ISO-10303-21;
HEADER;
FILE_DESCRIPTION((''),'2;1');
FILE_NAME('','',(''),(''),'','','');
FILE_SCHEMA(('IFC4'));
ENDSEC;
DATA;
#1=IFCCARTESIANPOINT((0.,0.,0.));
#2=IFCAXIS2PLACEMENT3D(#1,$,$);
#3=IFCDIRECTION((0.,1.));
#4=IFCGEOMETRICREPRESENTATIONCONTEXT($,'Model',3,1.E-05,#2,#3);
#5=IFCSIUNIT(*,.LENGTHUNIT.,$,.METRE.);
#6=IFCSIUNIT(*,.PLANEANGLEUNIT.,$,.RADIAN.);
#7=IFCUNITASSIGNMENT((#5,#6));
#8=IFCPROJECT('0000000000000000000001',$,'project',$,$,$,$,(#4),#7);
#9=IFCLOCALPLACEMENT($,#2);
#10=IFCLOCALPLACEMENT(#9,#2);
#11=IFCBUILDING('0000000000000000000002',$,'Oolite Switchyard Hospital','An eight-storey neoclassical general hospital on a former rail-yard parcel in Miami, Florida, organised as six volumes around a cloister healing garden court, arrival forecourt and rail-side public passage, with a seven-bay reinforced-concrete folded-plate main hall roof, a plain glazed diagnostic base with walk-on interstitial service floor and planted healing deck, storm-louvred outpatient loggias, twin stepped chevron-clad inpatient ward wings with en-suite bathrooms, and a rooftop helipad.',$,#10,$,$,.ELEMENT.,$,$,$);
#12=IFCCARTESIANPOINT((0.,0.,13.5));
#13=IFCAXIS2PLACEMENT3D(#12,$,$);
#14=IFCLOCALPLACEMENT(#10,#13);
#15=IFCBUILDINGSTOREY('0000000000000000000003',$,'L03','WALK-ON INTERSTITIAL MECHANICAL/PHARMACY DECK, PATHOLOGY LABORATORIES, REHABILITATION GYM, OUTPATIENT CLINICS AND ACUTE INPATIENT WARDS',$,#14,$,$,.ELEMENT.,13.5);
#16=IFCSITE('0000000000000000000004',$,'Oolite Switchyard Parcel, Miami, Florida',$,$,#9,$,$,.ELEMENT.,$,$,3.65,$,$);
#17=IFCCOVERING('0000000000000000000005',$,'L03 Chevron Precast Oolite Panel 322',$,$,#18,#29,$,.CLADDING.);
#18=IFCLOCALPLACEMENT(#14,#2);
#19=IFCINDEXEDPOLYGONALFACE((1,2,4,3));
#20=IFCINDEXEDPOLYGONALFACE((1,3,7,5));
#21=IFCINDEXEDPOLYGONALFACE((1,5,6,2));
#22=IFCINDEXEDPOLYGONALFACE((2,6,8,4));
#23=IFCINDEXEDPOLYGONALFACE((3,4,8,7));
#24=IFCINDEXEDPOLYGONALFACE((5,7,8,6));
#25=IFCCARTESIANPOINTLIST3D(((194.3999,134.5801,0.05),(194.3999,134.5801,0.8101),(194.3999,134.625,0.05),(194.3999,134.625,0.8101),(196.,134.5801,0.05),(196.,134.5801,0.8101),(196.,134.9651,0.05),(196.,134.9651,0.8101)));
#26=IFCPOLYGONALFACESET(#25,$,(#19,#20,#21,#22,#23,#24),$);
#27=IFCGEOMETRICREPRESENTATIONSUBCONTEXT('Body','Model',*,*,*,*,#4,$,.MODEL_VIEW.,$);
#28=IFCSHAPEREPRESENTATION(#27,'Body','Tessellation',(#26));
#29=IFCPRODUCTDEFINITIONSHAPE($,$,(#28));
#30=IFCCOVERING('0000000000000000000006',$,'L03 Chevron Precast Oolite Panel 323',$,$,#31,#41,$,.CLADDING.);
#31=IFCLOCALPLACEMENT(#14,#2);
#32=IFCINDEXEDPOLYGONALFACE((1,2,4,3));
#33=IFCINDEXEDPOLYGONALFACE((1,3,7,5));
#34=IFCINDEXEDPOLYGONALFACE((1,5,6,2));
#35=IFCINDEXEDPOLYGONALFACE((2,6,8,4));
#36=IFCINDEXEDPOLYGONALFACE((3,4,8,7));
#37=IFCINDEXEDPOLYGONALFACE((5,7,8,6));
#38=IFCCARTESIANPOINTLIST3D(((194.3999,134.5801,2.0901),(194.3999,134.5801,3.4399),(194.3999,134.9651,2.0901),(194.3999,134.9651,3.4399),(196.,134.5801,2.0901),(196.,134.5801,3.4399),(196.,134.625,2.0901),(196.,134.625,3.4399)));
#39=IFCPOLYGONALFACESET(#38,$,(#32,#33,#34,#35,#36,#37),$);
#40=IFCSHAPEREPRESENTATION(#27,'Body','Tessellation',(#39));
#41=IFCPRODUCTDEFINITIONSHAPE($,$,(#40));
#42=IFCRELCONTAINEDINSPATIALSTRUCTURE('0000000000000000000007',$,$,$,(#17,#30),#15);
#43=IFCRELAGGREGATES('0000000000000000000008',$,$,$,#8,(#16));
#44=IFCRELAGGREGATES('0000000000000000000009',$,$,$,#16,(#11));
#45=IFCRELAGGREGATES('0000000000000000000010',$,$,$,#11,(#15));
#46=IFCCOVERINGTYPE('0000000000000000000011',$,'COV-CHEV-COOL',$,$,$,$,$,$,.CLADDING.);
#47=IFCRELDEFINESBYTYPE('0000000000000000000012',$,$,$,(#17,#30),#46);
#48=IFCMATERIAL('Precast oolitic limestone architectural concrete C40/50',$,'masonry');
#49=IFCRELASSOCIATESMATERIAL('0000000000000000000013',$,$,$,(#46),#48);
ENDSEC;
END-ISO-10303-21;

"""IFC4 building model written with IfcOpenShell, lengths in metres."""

from ifc_helpers import new_model, si_unit, direction, frame, origin, place, context, subcontext, project, spatial, polyline, outline, extrude, material, type_object, element, save


model = new_model("IFC4")

# Units and contexts
model_context = context("Model", 3, precision=1e-05, world=origin(), true_north=direction((0.0, 1.0)))
body_context = subcontext(model_context, "Body", "Model", "MODEL_VIEW")
ifc_project = project(units=[si_unit("LENGTHUNIT", "METRE"), si_unit("PLANEANGLEUNIT", "RADIAN")], contexts=[model_context])

# Site, building, storey
site_placement = place(None, origin())
site = spatial("IfcSite", under=ifc_project, at=site_placement, Name="Oolite Switchyard Parcel, Miami, Florida", CompositionType="ELEMENT", RefElevation=3.65)
building_placement = place(site_placement, origin())
building = spatial("IfcBuilding", under=site, at=building_placement, Name="Oolite Switchyard Hospital", Description="An eight-storey neoclassical general hospital on a former rail-yard parcel in Miami, Florida, organised as six volumes around a cloister healing garden court, arrival forecourt and rail-side public passage, with a seven-bay reinforced-concrete folded-plate main hall roof, a plain glazed diagnostic base with walk-on interstitial service floor and planted healing deck, storm-louvred outpatient loggias, twin stepped chevron-clad inpatient ward wings with en-suite bathrooms, and a rooftop helipad.", CompositionType="ELEMENT")
storey_placement = place(building_placement, frame((0.0, 0.0, 13.5)))
storey = spatial("IfcBuildingStorey", under=building, at=storey_placement, Name="L03", Description="WALK-ON INTERSTITIAL MECHANICAL/PHARMACY DECK, PATHOLOGY LABORATORIES, REHABILITATION GYM, OUTPATIENT CLINICS AND ACUTE INPATIENT WARDS", CompositionType="ELEMENT", Elevation=13.5)

# Shared definitions
ifc_material_1 = material(Name="Precast oolitic limestone architectural concrete C40/50", Category="masonry")

# Coverings
covering_type = type_object("IfcCoveringType", Name="COV-CHEV-COOL", PredefinedType="CLADDING", material=ifc_material_1)
covering_1_placement = place(storey_placement, frame((194.3999, 134.5801, 0.05), z_axis=(0.0, 0.0, 1.0), x_axis=(1.0, 0.0, 0.0)))
element("IfcCovering", 1, at=covering_1_placement, inside=storey, type_object=covering_type, Name="L03 Chevron Precast Oolite Panel 322", PredefinedType="CLADDING", context=body_context, shape_type="SweptSolid", body=[
    extrude(outline(polyline([(0.0, 0.0), (1.6001, 0.0), (1.6001, 0.385), (0.0, 0.0449), (0.0, 0.0)])), origin(), (0.0, 0.0, 1.0), 0.76),
])
covering_2_placement = place(storey_placement, frame((194.3999, 134.5801, 2.0901), z_axis=(0.0, 0.0, 1.0), x_axis=(1.0, 0.0, 0.0)))
element("IfcCovering", 2, at=covering_2_placement, inside=storey, type_object=covering_type, Name="L03 Chevron Precast Oolite Panel 323", PredefinedType="CLADDING", context=body_context, shape_type="SweptSolid", body=[
    extrude(outline(polyline([(0.0, 0.0), (1.6001, 0.0), (1.6001, 0.0449), (0.0, 0.385), (0.0, 0.0)])), origin(), (0.0, 0.0, 1.0), 1.3499),
])

save(model, "model.ifc")
